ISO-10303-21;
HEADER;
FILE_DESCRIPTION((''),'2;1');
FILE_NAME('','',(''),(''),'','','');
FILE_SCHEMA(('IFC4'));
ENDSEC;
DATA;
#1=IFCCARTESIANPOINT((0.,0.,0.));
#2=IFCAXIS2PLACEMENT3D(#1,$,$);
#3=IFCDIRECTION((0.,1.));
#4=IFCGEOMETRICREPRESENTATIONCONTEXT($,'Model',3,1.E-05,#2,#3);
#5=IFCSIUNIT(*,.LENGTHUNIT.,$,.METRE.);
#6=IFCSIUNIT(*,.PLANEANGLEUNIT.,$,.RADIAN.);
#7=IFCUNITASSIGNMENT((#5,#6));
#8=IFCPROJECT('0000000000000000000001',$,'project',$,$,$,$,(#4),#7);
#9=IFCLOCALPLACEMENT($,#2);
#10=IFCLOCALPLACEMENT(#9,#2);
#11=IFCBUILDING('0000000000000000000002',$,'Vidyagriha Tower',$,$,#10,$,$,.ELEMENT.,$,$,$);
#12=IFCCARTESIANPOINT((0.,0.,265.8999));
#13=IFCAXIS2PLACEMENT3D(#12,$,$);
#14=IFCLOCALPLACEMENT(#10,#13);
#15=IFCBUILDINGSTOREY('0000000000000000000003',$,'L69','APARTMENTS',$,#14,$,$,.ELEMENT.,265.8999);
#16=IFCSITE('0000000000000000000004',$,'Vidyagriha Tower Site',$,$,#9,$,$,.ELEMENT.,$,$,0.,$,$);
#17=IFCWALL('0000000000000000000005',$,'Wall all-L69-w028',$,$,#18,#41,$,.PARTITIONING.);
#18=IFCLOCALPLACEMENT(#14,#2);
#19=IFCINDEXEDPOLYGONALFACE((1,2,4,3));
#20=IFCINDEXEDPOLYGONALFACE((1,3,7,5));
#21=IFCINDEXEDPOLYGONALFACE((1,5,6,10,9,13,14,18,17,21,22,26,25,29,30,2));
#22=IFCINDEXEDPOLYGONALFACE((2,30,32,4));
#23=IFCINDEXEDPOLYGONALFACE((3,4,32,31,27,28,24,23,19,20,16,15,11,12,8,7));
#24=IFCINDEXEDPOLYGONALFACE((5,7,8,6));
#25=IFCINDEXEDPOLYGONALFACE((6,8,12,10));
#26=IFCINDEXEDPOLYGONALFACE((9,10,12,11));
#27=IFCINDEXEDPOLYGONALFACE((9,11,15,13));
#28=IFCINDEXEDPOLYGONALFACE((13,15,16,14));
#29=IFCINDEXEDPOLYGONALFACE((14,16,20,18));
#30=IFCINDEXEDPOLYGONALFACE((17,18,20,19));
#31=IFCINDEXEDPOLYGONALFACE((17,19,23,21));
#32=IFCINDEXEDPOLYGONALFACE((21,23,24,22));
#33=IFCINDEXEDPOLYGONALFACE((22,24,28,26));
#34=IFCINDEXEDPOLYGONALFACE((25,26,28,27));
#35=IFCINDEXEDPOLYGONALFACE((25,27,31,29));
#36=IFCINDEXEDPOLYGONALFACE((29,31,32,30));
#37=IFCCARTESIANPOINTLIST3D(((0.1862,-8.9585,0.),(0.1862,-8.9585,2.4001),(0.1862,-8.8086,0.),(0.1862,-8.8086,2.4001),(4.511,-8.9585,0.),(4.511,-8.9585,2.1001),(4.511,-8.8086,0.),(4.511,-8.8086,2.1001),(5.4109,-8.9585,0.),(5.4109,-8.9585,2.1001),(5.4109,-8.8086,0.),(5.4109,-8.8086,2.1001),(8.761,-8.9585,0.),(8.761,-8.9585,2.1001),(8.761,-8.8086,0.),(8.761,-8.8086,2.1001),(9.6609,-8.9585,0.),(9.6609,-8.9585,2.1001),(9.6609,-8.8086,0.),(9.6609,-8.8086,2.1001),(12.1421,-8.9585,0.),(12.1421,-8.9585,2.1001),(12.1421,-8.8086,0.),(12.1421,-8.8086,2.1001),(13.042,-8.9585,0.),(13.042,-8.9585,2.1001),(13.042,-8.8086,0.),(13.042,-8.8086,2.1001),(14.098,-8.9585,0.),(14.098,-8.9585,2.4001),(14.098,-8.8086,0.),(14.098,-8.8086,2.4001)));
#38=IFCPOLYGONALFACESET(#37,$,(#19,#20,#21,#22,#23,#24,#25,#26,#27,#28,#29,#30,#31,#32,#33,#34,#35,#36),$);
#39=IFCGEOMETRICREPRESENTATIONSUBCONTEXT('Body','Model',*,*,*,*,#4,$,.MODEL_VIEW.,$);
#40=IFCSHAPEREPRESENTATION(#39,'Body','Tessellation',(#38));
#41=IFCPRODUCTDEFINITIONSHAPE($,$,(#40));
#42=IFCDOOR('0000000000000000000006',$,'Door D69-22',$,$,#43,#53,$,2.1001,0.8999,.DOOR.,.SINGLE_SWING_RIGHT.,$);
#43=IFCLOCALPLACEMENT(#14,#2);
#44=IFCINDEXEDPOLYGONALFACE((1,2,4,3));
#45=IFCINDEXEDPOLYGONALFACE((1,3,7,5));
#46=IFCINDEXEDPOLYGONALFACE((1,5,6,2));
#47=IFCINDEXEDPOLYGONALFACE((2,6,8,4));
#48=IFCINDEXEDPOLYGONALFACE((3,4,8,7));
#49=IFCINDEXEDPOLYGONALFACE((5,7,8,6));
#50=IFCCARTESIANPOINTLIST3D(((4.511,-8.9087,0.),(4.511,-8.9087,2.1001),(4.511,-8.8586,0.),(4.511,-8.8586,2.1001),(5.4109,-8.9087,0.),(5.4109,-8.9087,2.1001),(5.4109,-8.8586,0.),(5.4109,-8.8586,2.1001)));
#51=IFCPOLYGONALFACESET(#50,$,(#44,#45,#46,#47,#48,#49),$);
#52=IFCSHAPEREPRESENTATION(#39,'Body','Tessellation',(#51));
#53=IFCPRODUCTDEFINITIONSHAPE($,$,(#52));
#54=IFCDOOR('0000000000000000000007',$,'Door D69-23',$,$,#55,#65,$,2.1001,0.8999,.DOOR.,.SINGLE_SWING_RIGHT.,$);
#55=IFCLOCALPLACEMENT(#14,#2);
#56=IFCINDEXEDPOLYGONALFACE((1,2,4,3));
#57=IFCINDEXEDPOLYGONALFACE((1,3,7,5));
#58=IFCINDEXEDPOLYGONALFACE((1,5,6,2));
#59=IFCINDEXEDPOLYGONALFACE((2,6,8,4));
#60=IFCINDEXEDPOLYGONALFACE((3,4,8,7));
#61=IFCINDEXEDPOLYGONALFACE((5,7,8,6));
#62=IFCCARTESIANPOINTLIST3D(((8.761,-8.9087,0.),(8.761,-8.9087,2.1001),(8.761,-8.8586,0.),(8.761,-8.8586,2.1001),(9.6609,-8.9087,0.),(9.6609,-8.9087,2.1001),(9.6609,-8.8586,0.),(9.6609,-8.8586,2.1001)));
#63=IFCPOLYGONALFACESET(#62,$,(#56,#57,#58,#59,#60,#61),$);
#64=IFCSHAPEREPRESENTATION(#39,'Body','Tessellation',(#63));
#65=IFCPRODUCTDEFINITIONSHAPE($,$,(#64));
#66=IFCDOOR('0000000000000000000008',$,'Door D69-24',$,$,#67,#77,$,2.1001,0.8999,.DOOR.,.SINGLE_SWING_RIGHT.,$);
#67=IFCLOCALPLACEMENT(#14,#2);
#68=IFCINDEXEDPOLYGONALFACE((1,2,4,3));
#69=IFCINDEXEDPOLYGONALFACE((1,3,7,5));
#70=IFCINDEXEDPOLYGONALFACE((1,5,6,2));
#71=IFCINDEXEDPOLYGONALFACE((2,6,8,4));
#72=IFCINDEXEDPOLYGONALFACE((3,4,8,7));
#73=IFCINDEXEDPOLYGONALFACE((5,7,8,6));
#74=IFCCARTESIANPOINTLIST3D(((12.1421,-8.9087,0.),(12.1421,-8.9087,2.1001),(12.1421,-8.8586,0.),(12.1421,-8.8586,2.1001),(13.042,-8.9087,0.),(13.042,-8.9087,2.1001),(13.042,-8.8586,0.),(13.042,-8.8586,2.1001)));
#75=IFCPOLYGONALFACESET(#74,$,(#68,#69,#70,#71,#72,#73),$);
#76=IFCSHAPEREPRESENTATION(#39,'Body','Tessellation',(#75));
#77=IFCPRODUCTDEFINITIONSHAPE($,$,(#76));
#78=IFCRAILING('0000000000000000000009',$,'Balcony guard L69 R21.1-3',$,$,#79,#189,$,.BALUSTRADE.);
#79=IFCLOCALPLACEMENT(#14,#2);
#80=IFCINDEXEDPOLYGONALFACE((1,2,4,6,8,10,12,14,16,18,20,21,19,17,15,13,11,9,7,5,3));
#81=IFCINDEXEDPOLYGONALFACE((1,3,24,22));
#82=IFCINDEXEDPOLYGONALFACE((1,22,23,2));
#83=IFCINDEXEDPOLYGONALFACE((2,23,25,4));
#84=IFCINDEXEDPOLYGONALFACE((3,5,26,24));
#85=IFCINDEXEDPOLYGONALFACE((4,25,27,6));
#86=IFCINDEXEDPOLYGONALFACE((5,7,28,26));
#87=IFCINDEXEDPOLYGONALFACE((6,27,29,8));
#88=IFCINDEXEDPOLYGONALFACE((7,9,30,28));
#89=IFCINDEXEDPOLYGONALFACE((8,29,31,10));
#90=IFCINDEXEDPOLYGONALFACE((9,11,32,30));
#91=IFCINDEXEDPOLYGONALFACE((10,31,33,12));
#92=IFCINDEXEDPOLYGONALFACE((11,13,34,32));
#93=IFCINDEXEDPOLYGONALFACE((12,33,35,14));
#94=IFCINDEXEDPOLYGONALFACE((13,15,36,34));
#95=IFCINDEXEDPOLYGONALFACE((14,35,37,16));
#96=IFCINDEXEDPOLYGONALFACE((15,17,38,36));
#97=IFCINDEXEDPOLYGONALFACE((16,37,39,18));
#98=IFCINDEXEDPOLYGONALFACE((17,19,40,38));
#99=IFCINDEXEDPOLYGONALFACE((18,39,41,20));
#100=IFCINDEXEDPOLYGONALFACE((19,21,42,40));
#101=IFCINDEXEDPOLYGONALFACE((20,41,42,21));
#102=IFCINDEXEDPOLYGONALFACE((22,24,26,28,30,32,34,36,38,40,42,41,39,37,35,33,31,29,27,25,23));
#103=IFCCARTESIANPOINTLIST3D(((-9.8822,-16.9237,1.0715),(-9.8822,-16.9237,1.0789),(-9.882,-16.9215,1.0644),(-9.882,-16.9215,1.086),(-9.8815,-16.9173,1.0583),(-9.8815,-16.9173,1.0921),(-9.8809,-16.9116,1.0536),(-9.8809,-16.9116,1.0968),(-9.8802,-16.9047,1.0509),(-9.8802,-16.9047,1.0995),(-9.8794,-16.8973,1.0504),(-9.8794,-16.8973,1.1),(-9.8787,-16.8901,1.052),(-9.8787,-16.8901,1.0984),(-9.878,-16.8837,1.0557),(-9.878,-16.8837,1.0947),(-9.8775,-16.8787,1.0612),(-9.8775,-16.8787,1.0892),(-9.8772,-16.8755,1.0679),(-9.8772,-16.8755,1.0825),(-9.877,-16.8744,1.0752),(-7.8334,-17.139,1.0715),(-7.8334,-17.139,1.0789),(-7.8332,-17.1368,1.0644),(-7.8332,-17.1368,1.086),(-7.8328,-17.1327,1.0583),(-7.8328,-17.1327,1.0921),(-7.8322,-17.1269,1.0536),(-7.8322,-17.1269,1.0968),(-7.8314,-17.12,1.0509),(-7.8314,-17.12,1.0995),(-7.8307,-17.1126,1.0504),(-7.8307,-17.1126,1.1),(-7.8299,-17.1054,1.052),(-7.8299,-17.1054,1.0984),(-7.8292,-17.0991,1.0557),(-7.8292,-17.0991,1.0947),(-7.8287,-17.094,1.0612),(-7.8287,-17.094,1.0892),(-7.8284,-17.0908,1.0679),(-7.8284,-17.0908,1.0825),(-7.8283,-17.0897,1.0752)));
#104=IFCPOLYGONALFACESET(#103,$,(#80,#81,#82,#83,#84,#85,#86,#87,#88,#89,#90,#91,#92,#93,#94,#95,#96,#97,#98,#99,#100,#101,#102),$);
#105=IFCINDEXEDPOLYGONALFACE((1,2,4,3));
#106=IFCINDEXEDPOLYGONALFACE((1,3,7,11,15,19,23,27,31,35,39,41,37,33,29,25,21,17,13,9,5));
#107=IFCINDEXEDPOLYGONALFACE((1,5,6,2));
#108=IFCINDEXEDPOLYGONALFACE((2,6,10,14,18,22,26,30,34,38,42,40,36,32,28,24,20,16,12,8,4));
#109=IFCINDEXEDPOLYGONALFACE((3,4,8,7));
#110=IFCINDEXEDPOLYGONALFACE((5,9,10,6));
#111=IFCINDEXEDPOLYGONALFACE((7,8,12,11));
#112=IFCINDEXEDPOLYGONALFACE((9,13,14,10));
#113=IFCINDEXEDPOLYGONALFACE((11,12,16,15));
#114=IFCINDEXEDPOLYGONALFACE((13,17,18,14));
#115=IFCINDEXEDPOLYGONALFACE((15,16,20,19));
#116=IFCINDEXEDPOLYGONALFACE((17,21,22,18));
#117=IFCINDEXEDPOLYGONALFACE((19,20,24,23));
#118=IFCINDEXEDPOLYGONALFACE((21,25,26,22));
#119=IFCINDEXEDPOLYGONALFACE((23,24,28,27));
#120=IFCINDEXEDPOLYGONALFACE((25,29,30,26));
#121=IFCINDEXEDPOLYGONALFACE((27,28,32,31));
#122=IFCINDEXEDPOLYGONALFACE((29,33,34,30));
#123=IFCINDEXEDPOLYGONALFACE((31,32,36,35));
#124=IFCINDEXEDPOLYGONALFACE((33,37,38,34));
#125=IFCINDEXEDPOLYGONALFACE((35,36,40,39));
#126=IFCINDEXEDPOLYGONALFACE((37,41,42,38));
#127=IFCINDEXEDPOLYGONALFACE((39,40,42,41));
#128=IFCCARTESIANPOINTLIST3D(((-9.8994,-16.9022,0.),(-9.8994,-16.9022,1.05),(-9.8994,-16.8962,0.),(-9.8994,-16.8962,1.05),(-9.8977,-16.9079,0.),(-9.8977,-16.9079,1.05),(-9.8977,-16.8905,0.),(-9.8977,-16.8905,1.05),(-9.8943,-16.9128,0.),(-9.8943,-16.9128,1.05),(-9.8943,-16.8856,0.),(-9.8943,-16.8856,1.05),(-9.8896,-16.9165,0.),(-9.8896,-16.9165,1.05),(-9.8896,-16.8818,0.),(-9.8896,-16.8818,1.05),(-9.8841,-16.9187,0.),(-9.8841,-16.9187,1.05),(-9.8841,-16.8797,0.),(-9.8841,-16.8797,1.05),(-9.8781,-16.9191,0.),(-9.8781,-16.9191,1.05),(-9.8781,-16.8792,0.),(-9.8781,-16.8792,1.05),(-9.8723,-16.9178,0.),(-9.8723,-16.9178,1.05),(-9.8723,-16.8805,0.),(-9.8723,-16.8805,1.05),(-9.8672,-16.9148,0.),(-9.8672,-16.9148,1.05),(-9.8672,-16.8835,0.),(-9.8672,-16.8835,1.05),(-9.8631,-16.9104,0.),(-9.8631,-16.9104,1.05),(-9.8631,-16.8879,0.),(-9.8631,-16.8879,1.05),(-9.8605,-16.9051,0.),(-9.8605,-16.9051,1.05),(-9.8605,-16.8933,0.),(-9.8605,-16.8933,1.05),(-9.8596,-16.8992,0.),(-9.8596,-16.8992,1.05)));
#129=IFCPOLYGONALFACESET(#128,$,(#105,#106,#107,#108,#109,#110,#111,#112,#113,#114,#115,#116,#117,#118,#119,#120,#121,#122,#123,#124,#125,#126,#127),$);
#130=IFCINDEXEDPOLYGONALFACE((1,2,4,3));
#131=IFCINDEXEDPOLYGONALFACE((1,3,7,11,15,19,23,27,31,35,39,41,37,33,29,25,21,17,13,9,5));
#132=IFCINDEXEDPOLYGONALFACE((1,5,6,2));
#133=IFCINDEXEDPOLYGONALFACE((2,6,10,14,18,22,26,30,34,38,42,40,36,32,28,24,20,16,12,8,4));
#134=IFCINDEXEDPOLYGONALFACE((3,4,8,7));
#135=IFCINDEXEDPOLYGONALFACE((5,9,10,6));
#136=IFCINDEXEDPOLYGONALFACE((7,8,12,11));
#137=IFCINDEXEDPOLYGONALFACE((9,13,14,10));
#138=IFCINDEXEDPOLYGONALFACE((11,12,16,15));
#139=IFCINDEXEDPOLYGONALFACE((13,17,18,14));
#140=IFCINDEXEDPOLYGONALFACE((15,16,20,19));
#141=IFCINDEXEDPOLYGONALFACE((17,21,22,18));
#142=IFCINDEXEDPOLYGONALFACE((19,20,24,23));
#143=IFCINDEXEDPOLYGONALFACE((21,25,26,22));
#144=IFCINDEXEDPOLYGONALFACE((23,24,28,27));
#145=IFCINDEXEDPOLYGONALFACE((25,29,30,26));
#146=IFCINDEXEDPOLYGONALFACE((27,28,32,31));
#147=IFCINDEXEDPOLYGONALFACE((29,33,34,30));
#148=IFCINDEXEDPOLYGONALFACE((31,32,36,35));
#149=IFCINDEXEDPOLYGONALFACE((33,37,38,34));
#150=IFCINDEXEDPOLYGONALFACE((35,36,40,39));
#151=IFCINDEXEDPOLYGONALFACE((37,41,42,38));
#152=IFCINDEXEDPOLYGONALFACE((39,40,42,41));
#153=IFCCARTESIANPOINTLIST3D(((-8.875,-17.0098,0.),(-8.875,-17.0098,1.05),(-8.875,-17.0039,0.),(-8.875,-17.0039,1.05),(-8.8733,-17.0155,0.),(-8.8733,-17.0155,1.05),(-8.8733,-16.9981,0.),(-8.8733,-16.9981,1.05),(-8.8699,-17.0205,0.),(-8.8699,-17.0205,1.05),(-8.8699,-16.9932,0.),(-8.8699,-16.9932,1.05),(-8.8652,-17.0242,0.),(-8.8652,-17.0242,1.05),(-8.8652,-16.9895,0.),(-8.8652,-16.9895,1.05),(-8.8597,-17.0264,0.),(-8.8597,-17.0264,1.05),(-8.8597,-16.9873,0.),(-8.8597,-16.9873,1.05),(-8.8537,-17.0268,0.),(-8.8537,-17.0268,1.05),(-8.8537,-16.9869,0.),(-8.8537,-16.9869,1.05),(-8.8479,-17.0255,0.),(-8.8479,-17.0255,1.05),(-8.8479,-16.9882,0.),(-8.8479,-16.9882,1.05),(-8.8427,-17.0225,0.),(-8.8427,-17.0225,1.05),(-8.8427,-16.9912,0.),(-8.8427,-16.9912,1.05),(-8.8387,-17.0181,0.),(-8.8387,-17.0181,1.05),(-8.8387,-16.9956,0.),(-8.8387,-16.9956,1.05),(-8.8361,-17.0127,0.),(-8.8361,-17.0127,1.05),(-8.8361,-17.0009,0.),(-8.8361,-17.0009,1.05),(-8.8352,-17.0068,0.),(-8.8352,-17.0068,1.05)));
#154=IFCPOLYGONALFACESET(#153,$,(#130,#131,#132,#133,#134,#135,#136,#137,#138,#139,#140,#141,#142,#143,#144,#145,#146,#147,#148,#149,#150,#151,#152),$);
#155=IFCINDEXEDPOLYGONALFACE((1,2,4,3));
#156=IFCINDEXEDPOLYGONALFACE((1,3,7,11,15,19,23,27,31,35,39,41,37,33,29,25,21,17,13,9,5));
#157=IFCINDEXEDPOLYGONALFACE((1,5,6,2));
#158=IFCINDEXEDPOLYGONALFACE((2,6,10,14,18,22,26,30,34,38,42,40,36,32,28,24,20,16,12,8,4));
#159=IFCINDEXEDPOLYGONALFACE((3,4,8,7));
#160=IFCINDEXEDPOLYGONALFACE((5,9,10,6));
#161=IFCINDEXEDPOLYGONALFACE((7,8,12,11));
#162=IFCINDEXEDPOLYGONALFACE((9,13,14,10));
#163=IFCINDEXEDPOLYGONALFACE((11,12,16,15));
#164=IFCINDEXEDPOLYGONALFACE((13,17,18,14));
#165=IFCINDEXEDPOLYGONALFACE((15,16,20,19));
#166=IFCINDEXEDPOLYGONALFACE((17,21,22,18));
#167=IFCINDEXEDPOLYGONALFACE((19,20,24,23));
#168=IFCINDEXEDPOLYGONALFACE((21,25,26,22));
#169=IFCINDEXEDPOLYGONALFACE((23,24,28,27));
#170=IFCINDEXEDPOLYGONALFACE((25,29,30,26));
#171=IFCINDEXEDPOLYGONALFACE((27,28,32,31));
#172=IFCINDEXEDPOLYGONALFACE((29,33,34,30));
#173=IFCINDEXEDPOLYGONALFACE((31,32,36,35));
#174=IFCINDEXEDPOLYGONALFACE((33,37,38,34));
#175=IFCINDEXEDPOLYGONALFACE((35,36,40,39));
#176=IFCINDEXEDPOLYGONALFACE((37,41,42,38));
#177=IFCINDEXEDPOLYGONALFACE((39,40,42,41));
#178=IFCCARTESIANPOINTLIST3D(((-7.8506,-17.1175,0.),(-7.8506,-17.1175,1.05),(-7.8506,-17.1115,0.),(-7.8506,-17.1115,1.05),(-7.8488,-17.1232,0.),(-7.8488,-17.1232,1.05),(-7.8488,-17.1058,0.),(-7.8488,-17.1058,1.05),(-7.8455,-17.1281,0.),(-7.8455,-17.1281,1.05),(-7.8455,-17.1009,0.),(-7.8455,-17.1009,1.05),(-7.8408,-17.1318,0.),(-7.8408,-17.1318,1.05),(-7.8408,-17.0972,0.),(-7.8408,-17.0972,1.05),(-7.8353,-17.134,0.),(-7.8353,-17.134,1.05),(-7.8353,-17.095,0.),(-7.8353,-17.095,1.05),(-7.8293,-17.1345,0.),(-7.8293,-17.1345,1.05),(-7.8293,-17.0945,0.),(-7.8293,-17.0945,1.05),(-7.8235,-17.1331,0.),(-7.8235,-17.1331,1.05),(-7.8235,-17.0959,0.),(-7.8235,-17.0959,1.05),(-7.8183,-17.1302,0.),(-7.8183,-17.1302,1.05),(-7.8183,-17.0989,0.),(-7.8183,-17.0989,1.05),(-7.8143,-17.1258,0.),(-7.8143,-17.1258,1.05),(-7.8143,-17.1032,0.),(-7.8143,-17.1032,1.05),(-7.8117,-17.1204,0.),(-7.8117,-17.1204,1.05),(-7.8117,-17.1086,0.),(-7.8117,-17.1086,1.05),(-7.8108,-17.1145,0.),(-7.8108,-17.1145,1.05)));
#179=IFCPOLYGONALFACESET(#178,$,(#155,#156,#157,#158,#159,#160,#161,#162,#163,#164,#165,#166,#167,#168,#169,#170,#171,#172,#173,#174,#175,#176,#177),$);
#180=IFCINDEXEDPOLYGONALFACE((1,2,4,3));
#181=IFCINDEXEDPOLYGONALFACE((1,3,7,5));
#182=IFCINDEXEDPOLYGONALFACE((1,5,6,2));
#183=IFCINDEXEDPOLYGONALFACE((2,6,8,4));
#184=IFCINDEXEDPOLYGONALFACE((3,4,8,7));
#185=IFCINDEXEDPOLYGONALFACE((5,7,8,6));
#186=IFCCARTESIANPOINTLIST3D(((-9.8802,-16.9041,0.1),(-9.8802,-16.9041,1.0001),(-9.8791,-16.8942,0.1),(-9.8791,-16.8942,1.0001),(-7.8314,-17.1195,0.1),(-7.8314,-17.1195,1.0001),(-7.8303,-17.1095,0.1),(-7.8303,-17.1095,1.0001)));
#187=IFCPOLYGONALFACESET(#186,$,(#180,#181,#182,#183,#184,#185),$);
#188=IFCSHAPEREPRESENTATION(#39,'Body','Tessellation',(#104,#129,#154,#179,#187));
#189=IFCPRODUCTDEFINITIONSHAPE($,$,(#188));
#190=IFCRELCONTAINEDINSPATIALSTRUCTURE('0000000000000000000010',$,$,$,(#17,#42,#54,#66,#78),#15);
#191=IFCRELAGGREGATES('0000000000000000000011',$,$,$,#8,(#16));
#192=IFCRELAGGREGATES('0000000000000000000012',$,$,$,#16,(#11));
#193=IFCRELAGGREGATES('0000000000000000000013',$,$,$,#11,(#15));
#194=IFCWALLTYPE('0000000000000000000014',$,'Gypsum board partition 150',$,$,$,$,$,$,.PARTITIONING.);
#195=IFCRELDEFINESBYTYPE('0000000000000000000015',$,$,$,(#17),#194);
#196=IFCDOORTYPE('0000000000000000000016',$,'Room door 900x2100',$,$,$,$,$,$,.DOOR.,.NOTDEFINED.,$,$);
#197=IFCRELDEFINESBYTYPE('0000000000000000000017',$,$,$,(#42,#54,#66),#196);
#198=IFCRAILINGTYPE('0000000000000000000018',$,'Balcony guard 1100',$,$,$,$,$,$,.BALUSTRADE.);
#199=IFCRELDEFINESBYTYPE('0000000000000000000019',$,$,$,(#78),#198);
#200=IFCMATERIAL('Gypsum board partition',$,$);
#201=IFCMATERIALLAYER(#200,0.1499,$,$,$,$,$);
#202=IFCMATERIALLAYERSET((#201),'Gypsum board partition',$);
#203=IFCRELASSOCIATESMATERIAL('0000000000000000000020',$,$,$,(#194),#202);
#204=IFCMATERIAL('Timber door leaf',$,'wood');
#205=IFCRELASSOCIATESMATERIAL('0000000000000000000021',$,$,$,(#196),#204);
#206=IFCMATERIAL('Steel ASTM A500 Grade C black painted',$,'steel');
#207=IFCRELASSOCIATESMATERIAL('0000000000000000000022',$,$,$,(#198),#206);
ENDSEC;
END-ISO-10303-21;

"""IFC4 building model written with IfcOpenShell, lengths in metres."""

from ifc_helpers import new_model, si_unit, direction, frame, frame_2d, origin, origin_2d, place, context, subcontext, project, spatial, rectangle, circle, extrude, material, layer, layer_set, type_object, element, fill, save


model = new_model("IFC4")

# Units and contexts
model_context = context("Model", 3, precision=1e-05, world=origin(), true_north=direction((0.0, 1.0)))
body_context = subcontext(model_context, "Body", "Model", "MODEL_VIEW")
ifc_project = project(units=[si_unit("LENGTHUNIT", "METRE"), si_unit("PLANEANGLEUNIT", "RADIAN")], contexts=[model_context])

# Site, building, storey
site_placement = place(None, origin())
site = spatial("IfcSite", under=ifc_project, at=site_placement, Name="Vidyagriha Tower Site", CompositionType="ELEMENT", RefElevation=0.0)
building_placement = place(site_placement, origin())
building = spatial("IfcBuilding", under=site, at=building_placement, Name="Vidyagriha Tower", CompositionType="ELEMENT")
storey_placement = place(building_placement, frame((0.0, 0.0, 265.8999)))
storey = spatial("IfcBuildingStorey", under=building, at=storey_placement, Name="L69", Description="APARTMENTS", CompositionType="ELEMENT", Elevation=265.8999)

# Shared definitions
ifc_material_1 = material(Name="Gypsum board partition")
ifc_layer_1 = layer(ifc_material_1, 0.1499)
ifc_layer_set_1 = layer_set([ifc_layer_1], Name="Gypsum board partition")
wall_type_1 = type_object("IfcWallType", Name="Gypsum board partition 150", PredefinedType="PARTITIONING", material=ifc_layer_set_1)
ifc_material_2 = material(Name="Timber door leaf", Category="wood")
door_type_1 = type_object("IfcDoorType", Name="Room door 900x2100", OperationType="NOTDEFINED", PredefinedType="DOOR", material=ifc_material_2)

# Wall, openings, doors
wall_1_placement = place(storey_placement, frame((0.186, -8.8835, 0.0)))
wall_1 = element("IfcWall", 1, at=wall_1_placement, inside=storey, type_object=wall_type_1, Name="Wall all-L69-w028", PredefinedType="PARTITIONING", context=body_context, shape_type="SweptSolid", body=[
    extrude(rectangle(XDim=13.9119, YDim=0.1499, at=frame_2d((6.9561, 0.0))), origin(), (0.0, 0.0, 1.0), 2.4001),
])
opening_1_placement = place(wall_1_placement, frame((4.325, 0.0, 0.0)))
opening_1 = element("IfcOpeningElement", 2, at=opening_1_placement, cuts=wall_1, PredefinedType="OPENING", context=body_context, shape_type="SweptSolid", body=[
    extrude(rectangle(XDim=0.8999, YDim=2.1001, at=frame_2d((0.45, 1.05))), frame((0.0, 0.085, 0.0), z_axis=(0.0, -1.0, 0.0), x_axis=(1.0, 0.0, 0.0)), (0.0, 0.0, 1.0), 0.1699),
])
opening_2_placement = place(wall_1_placement, frame((8.575, 0.0, 0.0)))
opening_2 = element("IfcOpeningElement", 3, at=opening_2_placement, cuts=wall_1, PredefinedType="OPENING", context=body_context, shape_type="SweptSolid", body=[
    extrude(rectangle(XDim=0.8999, YDim=2.1001, at=frame_2d((0.45, 1.05))), frame((0.0, 0.085, 0.0), z_axis=(0.0, -1.0, 0.0), x_axis=(1.0, 0.0, 0.0)), (0.0, 0.0, 1.0), 0.1699),
])
opening_3_placement = place(wall_1_placement, frame((11.9561, 0.0, 0.0)))
opening_3 = element("IfcOpeningElement", 4, at=opening_3_placement, cuts=wall_1, PredefinedType="OPENING", context=body_context, shape_type="SweptSolid", body=[
    extrude(rectangle(XDim=0.8999, YDim=2.1001, at=frame_2d((0.45, 1.05))), frame((0.0, 0.085, 0.0), z_axis=(0.0, -1.0, 0.0), x_axis=(1.0, 0.0, 0.0)), (0.0, 0.0, 1.0), 0.1699),
])
door_1_placement = place(opening_1_placement, origin())
door_1 = element("IfcDoor", 5, at=door_1_placement, inside=storey, type_object=door_type_1, Name="Door D69-22", OperationType="SINGLE_SWING_RIGHT", OverallHeight=2.1001, OverallWidth=0.8999, PredefinedType="DOOR", context=body_context, shape_type="SweptSolid", body=[
    extrude(rectangle(XDim=0.8999, YDim=2.1001, at=frame_2d((0.45, 1.05))), frame((0.0, 0.0249, 0.0), z_axis=(0.0, -1.0, 0.0), x_axis=(1.0, 0.0, 0.0)), (0.0, 0.0, 1.0), 0.05),
])
fill(opening_1, door_1)
door_2_placement = place(opening_2_placement, origin())
door_2 = element("IfcDoor", 6, at=door_2_placement, inside=storey, type_object=door_type_1, Name="Door D69-23", OperationType="SINGLE_SWING_RIGHT", OverallHeight=2.1001, OverallWidth=0.8999, PredefinedType="DOOR", context=body_context, shape_type="SweptSolid", body=[
    extrude(rectangle(XDim=0.8999, YDim=2.1001, at=frame_2d((0.45, 1.05))), frame((0.0, 0.0249, 0.0), z_axis=(0.0, -1.0, 0.0), x_axis=(1.0, 0.0, 0.0)), (0.0, 0.0, 1.0), 0.05),
])
fill(opening_2, door_2)
door_3_placement = place(opening_3_placement, origin())
door_3 = element("IfcDoor", 7, at=door_3_placement, inside=storey, type_object=door_type_1, Name="Door D69-24", OperationType="SINGLE_SWING_RIGHT", OverallHeight=2.1001, OverallWidth=0.8999, PredefinedType="DOOR", context=body_context, shape_type="SweptSolid", body=[
    extrude(rectangle(XDim=0.8999, YDim=2.1001, at=frame_2d((0.45, 1.05))), frame((0.0, 0.0249, 0.0), z_axis=(0.0, -1.0, 0.0), x_axis=(1.0, 0.0, 0.0)), (0.0, 0.0, 1.0), 0.05),
])
fill(opening_3, door_3)

# Railing
ifc_material_3 = material(Name="Steel ASTM A500 Grade C black painted", Category="steel")
railing_type = type_object("IfcRailingType", Name="Balcony guard 1100", PredefinedType="BALUSTRADE", material=ifc_material_3)
railing_1_placement = place(storey_placement, frame((-9.8796, -16.8992, 0.0)))
element("IfcRailing", 8, at=railing_1_placement, inside=storey, type_object=railing_type, Name="Balcony guard L69 R21.1-3", PredefinedType="BALUSTRADE", context=body_context, shape_type="SweptSolid", body=[
    extrude(circle(Radius=0.0249, at=origin_2d()), frame((0.0, 0.0, 1.0752), z_axis=(0.994522, -0.104524, 0.0), x_axis=(0.104524, 0.994522, 0.0)), (0.0, 0.0, 1.0), 2.0601),
    extrude(circle(Radius=0.02, at=origin_2d()), origin(), (0.0, 0.0, 1.0), 1.05),
    extrude(circle(Radius=0.02, at=origin_2d()), frame((1.0244, -0.1077, 0.0)), (0.0, 0.0, 1.0), 1.05),
    extrude(circle(Radius=0.02, at=origin_2d()), frame((2.0488, -0.2153, 0.0)), (0.0, 0.0, 1.0), 1.05),
    extrude(rectangle(XDim=0.01, YDim=0.9001, at=origin_2d()), frame((0.0, 0.0, 0.55), z_axis=(0.994522, -0.104524, 0.0), x_axis=(0.104524, 0.994522, 0.0)), (0.0, 0.0, 1.0), 2.0601),
])

save(model, "model.ifc")
